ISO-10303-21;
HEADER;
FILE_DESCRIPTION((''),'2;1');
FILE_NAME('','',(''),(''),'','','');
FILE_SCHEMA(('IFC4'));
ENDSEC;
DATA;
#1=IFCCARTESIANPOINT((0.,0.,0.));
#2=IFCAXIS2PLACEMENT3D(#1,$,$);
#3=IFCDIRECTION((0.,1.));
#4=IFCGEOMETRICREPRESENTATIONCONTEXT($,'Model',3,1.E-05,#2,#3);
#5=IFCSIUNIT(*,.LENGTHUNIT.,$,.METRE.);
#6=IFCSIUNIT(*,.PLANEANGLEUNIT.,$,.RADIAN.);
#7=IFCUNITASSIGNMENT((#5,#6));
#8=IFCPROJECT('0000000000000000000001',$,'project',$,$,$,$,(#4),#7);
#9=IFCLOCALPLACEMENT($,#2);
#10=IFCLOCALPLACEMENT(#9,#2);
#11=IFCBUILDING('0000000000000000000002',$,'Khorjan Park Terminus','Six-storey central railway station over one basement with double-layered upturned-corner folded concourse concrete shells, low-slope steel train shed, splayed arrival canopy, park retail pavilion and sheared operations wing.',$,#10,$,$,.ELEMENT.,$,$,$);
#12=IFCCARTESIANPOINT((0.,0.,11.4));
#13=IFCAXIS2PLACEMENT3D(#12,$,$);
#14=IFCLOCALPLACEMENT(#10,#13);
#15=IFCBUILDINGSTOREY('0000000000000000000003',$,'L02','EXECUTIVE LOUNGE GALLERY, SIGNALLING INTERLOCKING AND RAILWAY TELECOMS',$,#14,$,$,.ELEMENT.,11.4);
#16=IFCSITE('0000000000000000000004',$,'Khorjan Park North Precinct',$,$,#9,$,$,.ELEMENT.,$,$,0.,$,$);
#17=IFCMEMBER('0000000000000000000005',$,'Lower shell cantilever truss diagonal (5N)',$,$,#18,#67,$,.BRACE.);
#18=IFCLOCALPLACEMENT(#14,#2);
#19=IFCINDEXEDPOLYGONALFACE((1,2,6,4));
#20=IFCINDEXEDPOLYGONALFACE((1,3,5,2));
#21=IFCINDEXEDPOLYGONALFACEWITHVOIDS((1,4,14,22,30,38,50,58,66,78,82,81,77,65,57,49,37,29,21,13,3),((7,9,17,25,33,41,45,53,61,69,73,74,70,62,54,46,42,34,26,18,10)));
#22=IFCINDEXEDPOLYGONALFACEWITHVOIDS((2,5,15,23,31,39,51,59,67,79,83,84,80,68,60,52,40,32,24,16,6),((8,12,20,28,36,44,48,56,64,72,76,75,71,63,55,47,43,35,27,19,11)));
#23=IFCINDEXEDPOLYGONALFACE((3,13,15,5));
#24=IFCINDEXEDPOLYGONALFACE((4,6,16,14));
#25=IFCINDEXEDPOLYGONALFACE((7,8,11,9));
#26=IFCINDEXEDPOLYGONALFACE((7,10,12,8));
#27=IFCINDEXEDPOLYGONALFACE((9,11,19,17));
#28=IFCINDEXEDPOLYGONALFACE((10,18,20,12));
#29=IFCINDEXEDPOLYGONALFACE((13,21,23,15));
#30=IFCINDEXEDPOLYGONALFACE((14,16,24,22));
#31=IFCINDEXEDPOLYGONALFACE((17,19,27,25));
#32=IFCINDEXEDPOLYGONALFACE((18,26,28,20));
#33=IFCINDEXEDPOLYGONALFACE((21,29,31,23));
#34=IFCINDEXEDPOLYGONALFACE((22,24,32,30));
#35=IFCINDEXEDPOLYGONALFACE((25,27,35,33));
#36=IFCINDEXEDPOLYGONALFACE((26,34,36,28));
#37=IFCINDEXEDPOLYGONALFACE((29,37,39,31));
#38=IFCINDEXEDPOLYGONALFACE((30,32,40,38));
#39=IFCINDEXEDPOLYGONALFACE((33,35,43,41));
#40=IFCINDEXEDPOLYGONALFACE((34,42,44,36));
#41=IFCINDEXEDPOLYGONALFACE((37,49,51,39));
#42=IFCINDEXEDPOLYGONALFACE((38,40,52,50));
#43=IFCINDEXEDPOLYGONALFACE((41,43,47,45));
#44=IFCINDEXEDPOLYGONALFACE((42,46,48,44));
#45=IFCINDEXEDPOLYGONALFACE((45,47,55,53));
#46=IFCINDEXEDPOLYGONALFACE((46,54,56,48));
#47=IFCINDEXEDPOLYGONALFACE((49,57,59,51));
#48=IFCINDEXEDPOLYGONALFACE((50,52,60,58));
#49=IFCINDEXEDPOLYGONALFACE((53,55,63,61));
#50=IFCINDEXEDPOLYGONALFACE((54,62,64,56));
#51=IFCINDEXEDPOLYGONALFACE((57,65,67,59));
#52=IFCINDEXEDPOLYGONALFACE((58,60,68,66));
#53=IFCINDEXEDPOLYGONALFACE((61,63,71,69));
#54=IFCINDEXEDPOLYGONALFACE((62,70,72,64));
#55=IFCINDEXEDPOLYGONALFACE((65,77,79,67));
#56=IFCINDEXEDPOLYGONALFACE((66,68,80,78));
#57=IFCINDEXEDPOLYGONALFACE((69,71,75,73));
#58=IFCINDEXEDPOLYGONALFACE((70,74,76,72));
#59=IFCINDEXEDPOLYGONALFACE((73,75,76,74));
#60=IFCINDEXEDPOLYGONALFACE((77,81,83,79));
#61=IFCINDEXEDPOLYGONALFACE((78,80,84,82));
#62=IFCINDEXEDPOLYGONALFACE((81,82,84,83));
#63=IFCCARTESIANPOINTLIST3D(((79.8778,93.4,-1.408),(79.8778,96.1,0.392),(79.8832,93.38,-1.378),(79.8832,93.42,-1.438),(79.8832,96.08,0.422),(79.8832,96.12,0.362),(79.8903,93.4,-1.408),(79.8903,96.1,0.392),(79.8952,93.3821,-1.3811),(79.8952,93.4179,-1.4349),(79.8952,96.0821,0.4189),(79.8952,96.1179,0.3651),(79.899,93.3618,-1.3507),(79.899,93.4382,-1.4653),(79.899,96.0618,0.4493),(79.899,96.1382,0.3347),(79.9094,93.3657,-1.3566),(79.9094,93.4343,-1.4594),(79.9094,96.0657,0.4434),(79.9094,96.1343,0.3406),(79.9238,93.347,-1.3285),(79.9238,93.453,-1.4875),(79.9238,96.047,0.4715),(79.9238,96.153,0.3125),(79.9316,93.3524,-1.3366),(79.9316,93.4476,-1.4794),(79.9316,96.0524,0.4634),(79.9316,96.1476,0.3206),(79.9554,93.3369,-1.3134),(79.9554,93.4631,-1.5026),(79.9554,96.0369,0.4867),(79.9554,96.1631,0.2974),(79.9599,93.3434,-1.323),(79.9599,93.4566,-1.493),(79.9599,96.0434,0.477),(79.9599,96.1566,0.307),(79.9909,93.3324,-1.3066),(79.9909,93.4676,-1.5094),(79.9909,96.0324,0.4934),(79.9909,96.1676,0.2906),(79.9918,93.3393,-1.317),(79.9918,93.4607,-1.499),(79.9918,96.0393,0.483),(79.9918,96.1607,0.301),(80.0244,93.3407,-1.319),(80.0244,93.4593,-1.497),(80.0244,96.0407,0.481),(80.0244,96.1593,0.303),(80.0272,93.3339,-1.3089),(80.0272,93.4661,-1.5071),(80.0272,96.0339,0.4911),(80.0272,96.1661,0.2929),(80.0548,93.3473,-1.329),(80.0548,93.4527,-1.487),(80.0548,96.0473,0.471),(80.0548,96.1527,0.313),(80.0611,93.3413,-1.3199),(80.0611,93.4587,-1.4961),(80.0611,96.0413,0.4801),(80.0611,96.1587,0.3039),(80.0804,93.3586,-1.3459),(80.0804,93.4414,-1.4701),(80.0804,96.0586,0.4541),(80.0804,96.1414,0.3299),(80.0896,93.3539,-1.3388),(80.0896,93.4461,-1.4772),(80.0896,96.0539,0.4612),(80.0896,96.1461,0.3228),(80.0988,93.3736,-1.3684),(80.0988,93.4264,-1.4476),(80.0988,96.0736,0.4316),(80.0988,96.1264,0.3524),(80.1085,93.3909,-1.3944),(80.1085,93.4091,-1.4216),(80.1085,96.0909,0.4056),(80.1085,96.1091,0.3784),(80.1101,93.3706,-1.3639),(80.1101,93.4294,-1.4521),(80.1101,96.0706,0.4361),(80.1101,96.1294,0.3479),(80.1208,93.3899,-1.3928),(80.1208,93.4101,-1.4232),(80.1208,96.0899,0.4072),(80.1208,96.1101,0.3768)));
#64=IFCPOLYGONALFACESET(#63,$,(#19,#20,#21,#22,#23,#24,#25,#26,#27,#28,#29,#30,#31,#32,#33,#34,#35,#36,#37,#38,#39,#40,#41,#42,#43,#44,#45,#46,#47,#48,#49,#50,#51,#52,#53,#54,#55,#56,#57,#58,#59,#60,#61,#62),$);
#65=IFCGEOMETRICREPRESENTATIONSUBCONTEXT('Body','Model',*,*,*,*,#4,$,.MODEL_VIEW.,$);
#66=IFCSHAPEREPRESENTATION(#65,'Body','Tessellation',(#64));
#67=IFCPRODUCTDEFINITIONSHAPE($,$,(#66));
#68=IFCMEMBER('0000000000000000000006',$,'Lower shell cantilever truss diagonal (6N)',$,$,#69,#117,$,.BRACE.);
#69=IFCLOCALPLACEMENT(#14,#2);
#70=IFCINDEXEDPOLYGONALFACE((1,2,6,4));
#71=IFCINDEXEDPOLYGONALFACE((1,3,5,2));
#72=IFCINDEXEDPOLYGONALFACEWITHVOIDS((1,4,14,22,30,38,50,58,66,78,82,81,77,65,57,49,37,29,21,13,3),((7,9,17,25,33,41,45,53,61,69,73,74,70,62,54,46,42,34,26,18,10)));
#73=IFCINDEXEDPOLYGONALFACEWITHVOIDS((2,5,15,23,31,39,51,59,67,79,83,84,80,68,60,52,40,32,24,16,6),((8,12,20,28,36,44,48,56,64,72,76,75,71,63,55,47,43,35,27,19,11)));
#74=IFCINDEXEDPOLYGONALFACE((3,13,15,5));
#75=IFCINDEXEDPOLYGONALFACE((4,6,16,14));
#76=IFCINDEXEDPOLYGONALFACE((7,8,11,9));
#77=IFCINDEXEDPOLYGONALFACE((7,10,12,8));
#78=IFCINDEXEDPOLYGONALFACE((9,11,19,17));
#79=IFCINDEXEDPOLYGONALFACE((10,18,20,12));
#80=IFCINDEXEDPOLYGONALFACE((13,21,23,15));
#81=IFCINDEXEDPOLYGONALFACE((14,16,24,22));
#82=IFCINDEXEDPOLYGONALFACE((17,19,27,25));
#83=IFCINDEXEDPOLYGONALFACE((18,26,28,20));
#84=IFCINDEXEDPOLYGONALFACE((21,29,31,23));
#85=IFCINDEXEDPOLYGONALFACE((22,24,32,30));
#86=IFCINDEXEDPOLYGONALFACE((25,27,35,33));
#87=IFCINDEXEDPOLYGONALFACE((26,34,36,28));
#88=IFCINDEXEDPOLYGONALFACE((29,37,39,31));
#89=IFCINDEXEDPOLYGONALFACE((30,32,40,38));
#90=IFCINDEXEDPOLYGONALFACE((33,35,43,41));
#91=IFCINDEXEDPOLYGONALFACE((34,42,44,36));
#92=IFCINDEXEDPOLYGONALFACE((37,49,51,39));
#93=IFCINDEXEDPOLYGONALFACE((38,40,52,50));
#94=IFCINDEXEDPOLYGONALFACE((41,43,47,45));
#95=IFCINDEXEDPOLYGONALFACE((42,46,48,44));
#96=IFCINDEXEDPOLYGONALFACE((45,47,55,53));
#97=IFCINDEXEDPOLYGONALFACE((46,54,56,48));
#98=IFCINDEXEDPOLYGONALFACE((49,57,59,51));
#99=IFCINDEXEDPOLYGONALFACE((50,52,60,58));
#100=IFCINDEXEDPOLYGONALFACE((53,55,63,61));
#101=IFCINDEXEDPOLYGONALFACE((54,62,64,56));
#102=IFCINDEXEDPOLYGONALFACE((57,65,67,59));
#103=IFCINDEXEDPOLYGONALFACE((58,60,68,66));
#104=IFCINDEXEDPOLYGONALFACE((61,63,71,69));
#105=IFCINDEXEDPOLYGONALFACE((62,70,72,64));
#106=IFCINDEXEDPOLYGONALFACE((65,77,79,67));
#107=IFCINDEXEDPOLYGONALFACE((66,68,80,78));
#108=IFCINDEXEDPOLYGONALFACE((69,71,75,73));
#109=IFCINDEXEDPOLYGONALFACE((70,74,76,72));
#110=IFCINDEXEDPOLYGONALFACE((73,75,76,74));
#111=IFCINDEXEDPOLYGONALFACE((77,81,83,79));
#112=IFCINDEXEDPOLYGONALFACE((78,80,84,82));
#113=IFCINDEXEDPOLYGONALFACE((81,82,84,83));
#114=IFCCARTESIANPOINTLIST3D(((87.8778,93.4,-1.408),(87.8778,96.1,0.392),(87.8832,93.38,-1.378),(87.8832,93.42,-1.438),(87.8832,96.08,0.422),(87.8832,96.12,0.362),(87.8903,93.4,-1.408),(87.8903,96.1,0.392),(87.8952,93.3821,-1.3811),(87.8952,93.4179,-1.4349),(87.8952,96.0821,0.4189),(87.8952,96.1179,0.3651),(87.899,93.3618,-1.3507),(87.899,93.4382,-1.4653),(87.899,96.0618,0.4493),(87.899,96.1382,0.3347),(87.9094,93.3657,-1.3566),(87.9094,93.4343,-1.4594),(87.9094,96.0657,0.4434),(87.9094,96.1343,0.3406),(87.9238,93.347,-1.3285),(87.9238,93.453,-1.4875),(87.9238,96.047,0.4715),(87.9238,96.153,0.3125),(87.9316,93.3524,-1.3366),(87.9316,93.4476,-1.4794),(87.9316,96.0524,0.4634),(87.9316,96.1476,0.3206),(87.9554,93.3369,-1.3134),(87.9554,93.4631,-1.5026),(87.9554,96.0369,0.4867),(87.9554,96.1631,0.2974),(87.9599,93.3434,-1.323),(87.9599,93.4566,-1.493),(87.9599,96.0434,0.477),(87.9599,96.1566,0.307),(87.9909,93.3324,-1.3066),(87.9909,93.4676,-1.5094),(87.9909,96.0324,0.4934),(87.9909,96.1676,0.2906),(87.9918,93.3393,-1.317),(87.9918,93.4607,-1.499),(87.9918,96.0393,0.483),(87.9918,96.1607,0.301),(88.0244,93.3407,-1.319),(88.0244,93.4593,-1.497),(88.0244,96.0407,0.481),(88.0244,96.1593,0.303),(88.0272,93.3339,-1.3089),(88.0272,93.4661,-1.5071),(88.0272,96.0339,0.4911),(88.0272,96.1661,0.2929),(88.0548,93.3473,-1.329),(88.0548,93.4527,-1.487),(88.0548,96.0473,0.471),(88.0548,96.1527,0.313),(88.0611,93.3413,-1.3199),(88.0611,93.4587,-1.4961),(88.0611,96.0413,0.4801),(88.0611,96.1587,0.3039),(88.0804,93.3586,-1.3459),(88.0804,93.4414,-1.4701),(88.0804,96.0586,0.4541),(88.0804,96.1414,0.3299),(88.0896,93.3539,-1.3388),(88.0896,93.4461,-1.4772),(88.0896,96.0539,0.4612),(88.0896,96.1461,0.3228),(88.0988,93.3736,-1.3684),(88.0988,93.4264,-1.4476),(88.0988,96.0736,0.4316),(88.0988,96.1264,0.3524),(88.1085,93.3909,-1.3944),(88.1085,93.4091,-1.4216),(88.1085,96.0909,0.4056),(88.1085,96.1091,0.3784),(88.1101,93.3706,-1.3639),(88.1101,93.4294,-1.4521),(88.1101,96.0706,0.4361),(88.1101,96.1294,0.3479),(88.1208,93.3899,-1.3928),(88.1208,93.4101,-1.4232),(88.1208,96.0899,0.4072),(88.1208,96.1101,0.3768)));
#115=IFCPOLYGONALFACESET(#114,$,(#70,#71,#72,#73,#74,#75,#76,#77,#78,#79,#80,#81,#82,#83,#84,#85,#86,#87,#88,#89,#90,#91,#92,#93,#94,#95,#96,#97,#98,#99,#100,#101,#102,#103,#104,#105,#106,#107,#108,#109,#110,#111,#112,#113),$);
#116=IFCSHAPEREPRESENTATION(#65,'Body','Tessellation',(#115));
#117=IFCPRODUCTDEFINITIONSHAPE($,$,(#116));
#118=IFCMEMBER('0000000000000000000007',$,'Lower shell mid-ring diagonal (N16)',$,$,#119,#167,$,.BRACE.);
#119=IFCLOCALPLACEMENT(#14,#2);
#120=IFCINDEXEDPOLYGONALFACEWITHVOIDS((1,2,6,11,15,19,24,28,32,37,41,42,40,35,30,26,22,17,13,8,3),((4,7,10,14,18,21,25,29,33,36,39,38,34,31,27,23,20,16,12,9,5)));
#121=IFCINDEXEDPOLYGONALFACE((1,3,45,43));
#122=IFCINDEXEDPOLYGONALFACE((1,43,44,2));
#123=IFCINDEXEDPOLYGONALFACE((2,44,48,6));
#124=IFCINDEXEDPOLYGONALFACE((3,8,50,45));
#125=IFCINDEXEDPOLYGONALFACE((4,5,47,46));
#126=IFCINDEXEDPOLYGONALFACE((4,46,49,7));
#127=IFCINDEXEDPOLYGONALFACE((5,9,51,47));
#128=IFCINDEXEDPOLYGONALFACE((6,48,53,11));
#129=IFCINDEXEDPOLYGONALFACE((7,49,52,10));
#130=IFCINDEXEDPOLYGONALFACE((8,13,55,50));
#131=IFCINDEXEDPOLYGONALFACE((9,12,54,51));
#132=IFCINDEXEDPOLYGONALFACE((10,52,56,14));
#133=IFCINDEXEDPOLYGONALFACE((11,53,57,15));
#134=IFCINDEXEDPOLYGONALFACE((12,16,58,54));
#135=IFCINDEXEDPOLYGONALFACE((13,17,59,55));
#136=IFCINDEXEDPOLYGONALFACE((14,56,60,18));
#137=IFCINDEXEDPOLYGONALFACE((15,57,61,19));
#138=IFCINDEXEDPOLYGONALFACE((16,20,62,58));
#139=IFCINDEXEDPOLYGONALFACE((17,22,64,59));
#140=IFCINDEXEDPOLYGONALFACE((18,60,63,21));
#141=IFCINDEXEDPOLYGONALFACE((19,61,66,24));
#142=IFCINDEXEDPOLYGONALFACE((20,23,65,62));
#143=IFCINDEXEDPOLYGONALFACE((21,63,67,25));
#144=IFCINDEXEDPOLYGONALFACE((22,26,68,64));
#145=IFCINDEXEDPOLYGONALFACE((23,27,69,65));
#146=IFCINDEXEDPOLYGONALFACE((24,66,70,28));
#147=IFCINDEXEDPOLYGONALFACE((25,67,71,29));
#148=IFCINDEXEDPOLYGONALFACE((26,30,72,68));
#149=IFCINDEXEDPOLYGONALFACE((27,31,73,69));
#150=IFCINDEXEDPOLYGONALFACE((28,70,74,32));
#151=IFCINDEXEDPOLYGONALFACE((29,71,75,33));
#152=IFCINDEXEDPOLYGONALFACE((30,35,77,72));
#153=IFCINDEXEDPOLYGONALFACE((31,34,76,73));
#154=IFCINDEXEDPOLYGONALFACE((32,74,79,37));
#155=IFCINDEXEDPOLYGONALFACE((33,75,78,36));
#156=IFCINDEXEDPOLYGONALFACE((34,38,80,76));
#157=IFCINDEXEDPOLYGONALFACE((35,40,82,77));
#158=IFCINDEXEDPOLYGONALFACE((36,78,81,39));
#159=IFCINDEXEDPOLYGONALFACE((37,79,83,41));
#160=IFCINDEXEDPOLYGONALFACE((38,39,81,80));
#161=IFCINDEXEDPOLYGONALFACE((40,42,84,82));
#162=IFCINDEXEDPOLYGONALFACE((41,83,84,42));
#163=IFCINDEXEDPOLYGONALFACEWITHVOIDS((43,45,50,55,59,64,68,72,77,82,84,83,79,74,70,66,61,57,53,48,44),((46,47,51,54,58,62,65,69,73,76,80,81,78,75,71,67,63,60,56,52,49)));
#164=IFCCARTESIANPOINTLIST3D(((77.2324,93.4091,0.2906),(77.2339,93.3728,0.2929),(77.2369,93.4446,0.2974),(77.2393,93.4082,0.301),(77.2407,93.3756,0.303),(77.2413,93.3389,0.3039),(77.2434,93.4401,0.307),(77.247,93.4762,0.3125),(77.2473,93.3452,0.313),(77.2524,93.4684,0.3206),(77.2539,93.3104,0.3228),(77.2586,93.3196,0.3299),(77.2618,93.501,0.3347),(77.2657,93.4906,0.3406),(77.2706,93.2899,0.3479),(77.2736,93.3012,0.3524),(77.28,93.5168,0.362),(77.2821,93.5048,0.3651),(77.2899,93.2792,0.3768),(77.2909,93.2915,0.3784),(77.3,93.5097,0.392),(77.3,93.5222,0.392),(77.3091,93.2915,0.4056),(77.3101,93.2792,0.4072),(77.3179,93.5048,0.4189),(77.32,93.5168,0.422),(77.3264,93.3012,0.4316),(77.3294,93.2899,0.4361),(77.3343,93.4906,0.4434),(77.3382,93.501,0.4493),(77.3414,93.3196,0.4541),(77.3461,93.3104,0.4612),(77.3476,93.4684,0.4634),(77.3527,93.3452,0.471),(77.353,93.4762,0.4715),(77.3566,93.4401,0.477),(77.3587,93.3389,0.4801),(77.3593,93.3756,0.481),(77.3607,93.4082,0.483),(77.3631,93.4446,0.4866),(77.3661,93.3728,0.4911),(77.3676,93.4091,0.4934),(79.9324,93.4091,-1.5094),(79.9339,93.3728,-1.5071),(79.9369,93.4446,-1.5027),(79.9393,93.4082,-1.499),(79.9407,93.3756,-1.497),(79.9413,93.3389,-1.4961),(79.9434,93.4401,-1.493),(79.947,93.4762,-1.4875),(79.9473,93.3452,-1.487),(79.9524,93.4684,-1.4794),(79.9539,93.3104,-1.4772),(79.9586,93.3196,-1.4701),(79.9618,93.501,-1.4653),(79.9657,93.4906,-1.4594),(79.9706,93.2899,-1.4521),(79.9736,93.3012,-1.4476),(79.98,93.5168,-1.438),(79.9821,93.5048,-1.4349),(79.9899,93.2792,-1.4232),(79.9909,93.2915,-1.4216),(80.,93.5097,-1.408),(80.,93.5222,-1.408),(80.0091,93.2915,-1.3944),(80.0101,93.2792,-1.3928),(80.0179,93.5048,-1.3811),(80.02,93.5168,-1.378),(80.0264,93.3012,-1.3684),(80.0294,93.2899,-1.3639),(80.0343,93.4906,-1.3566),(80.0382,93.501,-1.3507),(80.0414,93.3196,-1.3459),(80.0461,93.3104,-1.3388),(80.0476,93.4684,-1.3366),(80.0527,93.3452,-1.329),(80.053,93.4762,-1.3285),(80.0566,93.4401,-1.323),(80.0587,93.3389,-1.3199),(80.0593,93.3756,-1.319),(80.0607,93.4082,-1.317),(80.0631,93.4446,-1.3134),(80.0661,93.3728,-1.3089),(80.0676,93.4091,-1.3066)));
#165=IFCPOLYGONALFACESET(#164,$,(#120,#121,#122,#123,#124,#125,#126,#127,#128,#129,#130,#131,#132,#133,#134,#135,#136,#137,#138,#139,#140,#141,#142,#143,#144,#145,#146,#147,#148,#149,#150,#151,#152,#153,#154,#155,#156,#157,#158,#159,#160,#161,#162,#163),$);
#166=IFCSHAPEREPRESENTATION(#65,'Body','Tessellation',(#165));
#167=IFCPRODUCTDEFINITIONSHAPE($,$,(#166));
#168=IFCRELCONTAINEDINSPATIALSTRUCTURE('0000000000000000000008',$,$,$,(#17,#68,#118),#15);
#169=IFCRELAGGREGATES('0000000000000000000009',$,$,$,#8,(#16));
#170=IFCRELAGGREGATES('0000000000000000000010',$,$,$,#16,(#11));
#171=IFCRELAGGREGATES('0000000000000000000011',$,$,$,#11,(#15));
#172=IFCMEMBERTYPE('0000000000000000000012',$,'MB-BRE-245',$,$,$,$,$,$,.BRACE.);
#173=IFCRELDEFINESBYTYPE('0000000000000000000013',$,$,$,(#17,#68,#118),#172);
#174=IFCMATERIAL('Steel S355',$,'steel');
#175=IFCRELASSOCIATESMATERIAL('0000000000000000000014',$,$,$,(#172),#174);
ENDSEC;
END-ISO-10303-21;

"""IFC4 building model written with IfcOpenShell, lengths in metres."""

from ifc_helpers import new_model, si_unit, direction, frame, origin, origin_2d, place, context, subcontext, project, spatial, hollow_circle, extrude, material, material_profile, profile_set, type_object, element, save


model = new_model("IFC4")

# Units and contexts
model_context = context("Model", 3, precision=1e-05, world=origin(), true_north=direction((0.0, 1.0)))
body_context = subcontext(model_context, "Body", "Model", "MODEL_VIEW")
ifc_project = project(units=[si_unit("LENGTHUNIT", "METRE"), si_unit("PLANEANGLEUNIT", "RADIAN")], contexts=[model_context])

# Site, building, storey
site_placement = place(None, origin())
site = spatial("IfcSite", under=ifc_project, at=site_placement, Name="Khorjan Park North Precinct", CompositionType="ELEMENT", RefElevation=0.0)
building_placement = place(site_placement, origin())
building = spatial("IfcBuilding", under=site, at=building_placement, Name="Khorjan Park Terminus", Description="Six-storey central railway station over one basement with double-layered upturned-corner folded concourse concrete shells, low-slope steel train shed, splayed arrival canopy, park retail pavilion and sheared operations wing.", CompositionType="ELEMENT")
storey_placement = place(building_placement, frame((0.0, 0.0, 11.4)))
storey = spatial("IfcBuildingStorey", under=building, at=storey_placement, Name="L02", Description="EXECUTIVE LOUNGE GALLERY, SIGNALLING INTERLOCKING AND RAILWAY TELECOMS", CompositionType="ELEMENT", Elevation=11.4)

# Members
ifc_material_1 = material(Name="Steel S355", Category="steel")
ifc_material_profile_1 = material_profile(ifc_material_1, hollow_circle(Radius=0.1222, WallThickness=0.0125, at=origin_2d()), Name="CHS 244.5x12.5")
ifc_profile_set_1 = profile_set([ifc_material_profile_1], Name="Steel S355")
member_type_1 = type_object("IfcMemberType", Name="MB-BRE-245", PredefinedType="BRACE", material=ifc_profile_set_1)
for number, where, z_axis, x_axis, name in (
    (1, (80.0, 93.4, -1.408), (0.0, 0.83205, 0.5547), (-1.0, 0.0, 0.0), "Lower shell cantilever truss diagonal (5N)"),
    (2, (88.0, 93.4, -1.408), (0.0, 0.83205, 0.5547), (-1.0, 0.0, 0.0), "Lower shell cantilever truss diagonal (6N)"),
    (3, (77.3, 93.4, 0.392), (0.83205, 0.0, -0.5547), (0.0, 1.0, 0.0), "Lower shell mid-ring diagonal (N16)"),
):
    element("IfcMember", number, at=place(storey_placement, frame(where, z_axis=z_axis, x_axis=x_axis)), inside=storey, type_object=member_type_1, Name=name, PredefinedType="BRACE", context=body_context, shape_type="SweptSolid", body=[
        extrude(hollow_circle(Radius=0.1222, WallThickness=0.0125, at=origin_2d()), origin(), (0.0, 0.0, 1.0), 3.245),
    ])

save(model, "model.ifc")
